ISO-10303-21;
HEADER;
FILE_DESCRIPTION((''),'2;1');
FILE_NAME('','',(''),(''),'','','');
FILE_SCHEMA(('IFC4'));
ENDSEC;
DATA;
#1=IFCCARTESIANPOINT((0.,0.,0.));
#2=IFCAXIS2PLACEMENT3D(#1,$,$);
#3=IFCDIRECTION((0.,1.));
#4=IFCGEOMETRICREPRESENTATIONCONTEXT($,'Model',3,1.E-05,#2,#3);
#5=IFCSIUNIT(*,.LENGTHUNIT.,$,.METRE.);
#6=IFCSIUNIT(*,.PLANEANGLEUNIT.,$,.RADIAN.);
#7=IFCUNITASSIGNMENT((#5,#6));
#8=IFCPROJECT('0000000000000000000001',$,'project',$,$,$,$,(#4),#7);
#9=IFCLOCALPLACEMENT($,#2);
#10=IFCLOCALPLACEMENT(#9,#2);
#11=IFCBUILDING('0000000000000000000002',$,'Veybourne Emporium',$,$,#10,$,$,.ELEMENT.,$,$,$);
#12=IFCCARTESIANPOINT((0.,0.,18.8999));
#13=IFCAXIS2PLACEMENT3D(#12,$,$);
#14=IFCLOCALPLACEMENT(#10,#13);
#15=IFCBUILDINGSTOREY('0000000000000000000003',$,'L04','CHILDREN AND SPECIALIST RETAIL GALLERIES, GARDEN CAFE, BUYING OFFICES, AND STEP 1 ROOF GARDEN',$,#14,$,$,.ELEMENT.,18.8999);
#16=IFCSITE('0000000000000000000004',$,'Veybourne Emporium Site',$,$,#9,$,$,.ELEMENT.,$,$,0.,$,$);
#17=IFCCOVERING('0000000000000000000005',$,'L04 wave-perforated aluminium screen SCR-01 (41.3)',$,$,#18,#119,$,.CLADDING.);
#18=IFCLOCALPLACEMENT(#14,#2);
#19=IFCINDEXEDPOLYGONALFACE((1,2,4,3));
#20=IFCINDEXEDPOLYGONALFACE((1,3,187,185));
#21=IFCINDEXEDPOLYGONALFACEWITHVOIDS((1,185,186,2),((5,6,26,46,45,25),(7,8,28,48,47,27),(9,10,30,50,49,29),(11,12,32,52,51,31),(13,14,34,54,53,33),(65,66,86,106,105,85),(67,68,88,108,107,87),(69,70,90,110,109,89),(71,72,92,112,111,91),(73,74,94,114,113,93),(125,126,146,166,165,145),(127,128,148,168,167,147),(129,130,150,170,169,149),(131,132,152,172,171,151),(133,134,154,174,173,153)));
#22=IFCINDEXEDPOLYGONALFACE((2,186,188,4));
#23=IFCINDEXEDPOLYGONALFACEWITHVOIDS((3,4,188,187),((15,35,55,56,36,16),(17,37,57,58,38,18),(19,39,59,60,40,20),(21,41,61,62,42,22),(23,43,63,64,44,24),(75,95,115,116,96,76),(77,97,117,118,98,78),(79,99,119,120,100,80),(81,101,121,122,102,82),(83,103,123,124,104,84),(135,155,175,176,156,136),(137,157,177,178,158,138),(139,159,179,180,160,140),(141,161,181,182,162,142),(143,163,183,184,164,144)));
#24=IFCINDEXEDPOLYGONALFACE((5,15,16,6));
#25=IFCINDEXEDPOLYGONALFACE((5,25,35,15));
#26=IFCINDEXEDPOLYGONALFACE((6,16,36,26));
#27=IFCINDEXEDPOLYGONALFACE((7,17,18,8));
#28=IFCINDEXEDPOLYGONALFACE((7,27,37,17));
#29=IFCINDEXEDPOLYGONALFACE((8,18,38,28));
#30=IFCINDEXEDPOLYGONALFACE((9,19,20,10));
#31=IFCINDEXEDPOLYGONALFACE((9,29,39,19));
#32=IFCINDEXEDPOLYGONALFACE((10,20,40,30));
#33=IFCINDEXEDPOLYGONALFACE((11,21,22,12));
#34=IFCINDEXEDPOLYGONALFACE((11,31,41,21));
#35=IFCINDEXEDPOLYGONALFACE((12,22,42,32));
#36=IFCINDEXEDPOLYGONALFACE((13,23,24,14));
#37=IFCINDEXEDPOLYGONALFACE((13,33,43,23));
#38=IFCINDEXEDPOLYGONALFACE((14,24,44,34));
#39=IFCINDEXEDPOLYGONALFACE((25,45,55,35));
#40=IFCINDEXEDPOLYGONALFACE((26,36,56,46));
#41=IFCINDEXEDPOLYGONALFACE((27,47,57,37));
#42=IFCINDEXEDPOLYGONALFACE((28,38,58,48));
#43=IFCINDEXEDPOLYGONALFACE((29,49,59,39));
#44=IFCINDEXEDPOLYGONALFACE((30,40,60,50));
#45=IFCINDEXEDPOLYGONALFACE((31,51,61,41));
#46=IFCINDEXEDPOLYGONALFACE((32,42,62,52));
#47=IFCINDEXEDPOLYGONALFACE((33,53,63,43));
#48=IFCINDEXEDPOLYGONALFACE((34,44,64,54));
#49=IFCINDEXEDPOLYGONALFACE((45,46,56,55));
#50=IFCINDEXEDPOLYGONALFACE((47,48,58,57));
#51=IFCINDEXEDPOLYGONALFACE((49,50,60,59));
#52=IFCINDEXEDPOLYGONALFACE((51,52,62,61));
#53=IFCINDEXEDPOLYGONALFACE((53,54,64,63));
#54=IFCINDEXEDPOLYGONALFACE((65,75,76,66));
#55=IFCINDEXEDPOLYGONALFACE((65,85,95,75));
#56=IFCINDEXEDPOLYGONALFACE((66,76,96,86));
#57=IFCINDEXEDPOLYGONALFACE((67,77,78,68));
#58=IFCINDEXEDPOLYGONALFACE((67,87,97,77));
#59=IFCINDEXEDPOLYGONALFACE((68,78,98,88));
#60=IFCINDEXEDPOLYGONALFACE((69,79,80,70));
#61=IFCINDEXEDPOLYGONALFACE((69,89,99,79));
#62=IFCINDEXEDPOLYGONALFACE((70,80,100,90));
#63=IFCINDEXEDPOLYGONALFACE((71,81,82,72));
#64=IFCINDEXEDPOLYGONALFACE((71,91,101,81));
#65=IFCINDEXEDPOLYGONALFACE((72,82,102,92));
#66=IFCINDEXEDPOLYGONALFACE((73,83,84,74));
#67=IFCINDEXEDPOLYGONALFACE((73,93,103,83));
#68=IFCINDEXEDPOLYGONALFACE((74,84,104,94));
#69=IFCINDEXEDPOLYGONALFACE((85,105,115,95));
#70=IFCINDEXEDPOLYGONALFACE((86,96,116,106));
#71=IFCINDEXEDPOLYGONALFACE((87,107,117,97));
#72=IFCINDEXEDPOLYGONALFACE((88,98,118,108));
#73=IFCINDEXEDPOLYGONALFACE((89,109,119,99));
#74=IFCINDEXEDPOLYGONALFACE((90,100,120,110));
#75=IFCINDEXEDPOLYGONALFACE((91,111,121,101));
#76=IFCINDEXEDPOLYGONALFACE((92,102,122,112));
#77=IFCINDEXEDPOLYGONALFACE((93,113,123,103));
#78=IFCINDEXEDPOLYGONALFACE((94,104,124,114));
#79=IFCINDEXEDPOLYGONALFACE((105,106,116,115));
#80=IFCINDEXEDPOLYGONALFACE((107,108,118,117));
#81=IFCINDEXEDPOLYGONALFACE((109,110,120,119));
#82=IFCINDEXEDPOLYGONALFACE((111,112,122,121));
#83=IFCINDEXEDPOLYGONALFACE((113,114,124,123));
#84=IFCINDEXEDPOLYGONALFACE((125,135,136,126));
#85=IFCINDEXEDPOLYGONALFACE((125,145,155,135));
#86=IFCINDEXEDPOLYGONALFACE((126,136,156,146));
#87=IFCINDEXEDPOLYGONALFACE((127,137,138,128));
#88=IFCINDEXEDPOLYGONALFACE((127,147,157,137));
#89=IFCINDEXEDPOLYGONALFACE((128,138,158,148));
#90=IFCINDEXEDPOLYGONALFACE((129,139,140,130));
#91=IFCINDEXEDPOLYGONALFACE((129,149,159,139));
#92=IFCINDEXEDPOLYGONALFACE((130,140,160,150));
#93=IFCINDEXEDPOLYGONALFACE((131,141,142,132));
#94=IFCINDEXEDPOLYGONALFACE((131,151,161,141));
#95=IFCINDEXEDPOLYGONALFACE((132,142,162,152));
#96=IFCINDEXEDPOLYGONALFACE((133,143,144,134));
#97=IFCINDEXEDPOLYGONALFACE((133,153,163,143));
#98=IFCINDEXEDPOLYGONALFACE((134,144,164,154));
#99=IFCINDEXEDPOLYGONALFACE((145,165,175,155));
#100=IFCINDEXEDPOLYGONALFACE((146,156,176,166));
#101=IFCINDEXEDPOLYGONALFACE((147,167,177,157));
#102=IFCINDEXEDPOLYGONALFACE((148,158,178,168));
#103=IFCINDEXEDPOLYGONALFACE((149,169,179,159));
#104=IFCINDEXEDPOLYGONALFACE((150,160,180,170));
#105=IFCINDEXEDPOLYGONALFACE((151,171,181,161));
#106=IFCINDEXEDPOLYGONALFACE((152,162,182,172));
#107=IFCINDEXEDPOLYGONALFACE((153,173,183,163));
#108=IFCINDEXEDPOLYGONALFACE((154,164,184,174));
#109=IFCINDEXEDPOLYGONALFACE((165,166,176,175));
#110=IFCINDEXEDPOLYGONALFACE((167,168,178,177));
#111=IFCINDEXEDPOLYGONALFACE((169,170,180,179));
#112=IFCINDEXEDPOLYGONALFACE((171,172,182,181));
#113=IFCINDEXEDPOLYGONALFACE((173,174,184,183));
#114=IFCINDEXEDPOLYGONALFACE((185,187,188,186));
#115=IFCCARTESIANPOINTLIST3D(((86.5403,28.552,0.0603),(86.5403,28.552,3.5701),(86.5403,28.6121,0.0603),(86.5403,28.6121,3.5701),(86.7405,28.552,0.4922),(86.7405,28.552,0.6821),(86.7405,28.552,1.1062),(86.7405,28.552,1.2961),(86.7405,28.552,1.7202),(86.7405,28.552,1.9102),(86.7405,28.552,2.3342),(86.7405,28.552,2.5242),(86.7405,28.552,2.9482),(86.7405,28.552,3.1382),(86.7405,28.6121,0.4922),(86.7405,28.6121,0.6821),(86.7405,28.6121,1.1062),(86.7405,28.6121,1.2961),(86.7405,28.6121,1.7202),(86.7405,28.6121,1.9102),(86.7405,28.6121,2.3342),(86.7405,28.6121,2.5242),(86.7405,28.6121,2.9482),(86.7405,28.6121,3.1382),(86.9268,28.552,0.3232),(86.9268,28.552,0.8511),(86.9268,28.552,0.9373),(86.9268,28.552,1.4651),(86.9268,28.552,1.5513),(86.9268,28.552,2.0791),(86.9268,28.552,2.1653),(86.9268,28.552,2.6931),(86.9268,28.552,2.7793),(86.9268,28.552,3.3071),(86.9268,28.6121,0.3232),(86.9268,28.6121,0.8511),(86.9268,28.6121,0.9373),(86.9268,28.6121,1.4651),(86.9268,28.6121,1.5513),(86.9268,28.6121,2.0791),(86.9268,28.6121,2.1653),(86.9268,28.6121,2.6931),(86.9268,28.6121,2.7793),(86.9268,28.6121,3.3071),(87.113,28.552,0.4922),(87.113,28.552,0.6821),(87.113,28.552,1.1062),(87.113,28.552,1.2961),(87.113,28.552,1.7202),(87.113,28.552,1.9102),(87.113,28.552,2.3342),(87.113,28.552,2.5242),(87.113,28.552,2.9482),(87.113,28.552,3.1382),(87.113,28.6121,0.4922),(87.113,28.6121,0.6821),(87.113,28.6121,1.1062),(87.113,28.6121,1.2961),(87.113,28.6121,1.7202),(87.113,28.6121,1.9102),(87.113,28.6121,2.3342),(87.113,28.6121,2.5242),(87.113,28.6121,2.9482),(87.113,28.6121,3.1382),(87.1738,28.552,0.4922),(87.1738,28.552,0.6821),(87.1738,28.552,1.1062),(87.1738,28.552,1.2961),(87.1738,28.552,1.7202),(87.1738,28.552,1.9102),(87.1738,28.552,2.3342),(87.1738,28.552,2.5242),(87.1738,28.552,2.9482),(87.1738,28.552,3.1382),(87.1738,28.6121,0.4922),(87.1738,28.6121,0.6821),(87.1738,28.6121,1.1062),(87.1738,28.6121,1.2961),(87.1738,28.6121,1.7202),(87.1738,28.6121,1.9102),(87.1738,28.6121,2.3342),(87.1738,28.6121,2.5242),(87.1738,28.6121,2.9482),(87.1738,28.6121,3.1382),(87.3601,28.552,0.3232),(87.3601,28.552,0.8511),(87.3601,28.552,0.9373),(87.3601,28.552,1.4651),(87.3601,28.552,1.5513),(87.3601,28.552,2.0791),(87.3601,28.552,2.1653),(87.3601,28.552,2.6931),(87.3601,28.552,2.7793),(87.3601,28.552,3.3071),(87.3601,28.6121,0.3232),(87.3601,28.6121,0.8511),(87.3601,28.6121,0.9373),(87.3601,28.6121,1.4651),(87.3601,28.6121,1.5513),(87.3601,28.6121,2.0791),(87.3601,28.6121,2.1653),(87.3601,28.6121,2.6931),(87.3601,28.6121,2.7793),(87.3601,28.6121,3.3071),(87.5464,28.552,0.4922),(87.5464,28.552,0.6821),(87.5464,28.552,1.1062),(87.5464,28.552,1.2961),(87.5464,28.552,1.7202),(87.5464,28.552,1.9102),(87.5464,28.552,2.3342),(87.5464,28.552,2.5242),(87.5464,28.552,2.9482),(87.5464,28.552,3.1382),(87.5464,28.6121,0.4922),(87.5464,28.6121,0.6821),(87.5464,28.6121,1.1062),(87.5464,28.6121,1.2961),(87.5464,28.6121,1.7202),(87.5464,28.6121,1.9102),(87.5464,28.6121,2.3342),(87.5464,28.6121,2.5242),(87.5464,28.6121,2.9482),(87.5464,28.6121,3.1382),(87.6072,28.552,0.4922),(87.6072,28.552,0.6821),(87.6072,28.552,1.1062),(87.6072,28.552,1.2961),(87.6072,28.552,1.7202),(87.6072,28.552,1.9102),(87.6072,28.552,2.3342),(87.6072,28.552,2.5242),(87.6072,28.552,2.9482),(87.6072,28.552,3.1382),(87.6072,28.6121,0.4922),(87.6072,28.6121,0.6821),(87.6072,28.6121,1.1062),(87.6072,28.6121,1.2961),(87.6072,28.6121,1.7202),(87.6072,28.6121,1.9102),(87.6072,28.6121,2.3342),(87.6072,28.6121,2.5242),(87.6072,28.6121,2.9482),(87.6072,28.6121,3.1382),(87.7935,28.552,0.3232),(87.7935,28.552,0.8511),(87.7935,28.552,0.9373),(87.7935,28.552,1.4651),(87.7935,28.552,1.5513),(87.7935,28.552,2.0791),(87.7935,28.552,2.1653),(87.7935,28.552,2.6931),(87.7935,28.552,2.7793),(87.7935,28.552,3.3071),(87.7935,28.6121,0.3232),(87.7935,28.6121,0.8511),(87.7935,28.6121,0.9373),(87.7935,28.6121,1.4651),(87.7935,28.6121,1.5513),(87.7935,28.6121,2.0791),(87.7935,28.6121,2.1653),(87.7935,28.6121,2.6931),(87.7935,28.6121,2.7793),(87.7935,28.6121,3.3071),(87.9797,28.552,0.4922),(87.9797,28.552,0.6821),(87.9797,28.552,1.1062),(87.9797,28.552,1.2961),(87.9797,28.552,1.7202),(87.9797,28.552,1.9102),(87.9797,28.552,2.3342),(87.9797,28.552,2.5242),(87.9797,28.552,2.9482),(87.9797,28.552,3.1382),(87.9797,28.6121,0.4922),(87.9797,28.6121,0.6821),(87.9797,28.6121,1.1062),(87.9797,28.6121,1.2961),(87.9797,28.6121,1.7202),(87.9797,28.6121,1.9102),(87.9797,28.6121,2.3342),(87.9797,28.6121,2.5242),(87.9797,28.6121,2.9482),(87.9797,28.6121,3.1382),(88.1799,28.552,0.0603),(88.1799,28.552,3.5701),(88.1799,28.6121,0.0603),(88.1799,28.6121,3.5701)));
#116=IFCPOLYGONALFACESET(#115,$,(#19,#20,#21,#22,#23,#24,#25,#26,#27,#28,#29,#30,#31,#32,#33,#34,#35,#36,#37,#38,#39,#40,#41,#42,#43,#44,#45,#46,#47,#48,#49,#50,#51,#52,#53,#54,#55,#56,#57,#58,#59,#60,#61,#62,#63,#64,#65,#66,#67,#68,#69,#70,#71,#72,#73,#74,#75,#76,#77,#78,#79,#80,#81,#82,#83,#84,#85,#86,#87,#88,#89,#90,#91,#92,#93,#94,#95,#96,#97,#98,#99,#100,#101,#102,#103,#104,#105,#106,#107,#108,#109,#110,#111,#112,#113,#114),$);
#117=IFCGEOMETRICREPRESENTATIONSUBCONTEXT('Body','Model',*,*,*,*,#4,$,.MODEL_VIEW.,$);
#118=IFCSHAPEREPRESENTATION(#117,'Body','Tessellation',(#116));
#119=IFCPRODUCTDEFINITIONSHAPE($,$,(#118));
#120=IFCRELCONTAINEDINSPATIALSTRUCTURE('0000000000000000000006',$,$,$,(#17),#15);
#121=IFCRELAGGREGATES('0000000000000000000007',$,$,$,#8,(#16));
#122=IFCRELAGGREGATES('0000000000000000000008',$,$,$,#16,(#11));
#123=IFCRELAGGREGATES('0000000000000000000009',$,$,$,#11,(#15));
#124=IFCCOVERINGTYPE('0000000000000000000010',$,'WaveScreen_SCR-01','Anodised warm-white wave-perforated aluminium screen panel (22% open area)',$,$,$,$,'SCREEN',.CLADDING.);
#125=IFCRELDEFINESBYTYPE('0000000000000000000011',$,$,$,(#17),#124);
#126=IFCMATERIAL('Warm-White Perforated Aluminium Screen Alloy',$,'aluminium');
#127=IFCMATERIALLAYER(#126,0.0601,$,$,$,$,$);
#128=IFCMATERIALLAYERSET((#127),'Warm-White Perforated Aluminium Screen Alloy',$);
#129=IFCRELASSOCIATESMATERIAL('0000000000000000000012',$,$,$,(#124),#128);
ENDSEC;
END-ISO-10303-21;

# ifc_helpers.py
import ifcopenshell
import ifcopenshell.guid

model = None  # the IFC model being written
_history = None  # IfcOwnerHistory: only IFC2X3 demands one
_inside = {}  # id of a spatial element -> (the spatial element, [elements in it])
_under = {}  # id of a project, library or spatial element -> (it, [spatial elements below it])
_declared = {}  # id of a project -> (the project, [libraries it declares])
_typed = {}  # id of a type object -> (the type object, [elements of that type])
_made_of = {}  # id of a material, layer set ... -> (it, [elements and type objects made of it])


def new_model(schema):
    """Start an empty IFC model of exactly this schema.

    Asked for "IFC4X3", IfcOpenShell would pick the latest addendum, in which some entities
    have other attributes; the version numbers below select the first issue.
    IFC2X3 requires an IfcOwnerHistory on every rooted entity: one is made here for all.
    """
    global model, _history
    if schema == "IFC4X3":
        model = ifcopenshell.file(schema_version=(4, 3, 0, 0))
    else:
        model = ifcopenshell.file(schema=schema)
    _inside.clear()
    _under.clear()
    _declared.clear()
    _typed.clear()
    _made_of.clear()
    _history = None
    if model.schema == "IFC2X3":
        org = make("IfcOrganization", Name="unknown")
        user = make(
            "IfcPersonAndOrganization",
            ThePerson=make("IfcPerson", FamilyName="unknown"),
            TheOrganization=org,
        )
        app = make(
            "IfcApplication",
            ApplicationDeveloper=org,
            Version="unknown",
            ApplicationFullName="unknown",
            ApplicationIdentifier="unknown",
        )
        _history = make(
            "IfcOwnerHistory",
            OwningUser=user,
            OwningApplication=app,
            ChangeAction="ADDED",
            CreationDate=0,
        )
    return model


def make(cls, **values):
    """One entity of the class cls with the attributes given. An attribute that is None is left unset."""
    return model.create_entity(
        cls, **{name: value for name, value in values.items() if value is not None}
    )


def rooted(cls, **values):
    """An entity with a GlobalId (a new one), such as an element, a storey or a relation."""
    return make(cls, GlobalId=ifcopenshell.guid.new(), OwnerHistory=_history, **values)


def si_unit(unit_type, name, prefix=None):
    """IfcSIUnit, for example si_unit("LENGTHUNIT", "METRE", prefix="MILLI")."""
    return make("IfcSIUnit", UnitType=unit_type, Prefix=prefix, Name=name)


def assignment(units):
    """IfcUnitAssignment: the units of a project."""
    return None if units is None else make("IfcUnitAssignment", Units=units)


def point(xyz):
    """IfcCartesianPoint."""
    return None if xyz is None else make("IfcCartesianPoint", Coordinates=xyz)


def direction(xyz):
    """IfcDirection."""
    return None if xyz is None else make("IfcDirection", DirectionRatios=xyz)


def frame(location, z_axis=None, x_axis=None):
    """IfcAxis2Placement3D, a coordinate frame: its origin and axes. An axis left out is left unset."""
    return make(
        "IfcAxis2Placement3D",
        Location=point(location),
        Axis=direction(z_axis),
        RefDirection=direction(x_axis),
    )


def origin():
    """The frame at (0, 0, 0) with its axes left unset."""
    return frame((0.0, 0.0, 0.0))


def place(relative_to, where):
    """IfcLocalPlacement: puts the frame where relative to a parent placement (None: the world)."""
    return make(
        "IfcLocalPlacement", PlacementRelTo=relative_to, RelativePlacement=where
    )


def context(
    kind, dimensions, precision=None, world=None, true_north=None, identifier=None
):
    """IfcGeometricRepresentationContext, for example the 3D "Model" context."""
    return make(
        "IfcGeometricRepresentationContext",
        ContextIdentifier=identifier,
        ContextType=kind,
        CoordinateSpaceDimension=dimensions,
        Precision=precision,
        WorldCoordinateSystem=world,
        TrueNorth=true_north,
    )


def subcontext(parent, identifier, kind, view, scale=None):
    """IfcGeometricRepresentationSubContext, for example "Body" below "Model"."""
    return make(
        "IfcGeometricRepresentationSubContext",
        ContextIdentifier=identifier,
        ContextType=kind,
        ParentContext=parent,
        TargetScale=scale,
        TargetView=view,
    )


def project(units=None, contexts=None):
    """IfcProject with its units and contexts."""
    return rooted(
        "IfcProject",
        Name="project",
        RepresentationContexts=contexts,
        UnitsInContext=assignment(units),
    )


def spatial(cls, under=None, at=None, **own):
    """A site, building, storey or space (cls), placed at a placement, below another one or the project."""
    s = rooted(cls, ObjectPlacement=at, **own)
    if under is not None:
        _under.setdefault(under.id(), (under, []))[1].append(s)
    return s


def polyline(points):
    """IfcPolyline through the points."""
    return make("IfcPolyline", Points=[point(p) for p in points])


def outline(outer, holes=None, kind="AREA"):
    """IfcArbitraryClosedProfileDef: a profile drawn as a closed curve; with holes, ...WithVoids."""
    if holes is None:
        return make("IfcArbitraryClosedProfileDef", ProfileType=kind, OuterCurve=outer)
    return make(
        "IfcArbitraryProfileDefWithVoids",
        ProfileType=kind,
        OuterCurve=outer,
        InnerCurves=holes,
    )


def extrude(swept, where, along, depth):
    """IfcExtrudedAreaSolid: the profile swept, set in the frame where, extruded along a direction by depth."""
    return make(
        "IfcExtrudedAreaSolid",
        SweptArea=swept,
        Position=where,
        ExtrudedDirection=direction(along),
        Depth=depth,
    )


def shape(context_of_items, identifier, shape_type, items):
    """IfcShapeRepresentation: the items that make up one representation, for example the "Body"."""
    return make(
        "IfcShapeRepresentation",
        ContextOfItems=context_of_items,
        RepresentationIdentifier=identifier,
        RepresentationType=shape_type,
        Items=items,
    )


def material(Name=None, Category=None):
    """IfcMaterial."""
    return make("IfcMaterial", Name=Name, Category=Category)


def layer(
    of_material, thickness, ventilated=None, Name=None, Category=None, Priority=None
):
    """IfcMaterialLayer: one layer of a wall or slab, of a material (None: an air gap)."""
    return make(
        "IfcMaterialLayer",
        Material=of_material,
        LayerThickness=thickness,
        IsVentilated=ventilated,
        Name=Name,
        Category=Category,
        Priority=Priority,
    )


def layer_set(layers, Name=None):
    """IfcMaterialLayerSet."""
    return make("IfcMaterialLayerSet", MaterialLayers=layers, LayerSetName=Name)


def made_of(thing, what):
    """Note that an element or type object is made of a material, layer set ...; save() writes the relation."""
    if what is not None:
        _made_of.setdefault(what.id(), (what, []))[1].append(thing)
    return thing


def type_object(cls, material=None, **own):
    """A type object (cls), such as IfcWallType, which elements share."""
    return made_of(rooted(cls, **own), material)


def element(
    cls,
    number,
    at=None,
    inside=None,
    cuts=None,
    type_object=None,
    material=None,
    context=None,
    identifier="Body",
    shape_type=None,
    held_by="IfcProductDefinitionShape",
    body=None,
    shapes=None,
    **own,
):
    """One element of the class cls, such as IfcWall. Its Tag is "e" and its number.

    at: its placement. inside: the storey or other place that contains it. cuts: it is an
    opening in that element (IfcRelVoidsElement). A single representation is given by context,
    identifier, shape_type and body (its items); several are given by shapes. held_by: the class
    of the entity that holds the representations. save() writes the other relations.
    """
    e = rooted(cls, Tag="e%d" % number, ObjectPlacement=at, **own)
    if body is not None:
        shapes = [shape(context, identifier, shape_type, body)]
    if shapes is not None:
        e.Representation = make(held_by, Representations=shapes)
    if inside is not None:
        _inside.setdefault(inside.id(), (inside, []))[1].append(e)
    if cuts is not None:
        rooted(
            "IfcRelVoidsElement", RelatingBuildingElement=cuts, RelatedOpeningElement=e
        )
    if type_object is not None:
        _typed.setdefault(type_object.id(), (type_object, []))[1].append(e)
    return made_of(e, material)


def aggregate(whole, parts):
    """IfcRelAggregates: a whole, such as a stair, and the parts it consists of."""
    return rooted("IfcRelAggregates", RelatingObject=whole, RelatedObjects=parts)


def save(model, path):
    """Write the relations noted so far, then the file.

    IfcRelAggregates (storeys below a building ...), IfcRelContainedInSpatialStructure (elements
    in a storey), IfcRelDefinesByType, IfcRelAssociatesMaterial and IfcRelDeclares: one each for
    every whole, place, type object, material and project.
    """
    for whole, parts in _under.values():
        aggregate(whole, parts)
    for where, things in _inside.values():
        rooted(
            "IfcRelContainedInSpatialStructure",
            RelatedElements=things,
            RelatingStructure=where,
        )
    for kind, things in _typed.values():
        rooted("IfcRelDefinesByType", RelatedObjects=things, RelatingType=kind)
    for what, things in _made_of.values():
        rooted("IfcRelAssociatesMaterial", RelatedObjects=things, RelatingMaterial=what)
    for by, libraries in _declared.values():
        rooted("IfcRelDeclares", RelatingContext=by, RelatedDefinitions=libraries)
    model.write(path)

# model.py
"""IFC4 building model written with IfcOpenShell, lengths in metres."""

from ifc_helpers import new_model, si_unit, direction, frame, origin, place, context, subcontext, project, spatial, polyline, outline, extrude, material, layer, layer_set, type_object, element, save


model = new_model("IFC4")

# Units and contexts
model_context = context("Model", 3, precision=1e-05, world=origin(), true_north=direction((0.0, 1.0)))
body_context = subcontext(model_context, "Body", "Model", "MODEL_VIEW")
ifc_project = project(units=[si_unit("LENGTHUNIT", "METRE"), si_unit("PLANEANGLEUNIT", "RADIAN")], contexts=[model_context])

# Site, building, storey
site_placement = place(None, origin())
site = spatial("IfcSite", under=ifc_project, at=site_placement, Name="Veybourne Emporium Site", CompositionType="ELEMENT", RefElevation=0.0)
building_placement = place(site_placement, origin())
building = spatial("IfcBuilding", under=site, at=building_placement, Name="Veybourne Emporium", CompositionType="ELEMENT")
storey_placement = place(building_placement, frame((0.0, 0.0, 18.8999)))
storey = spatial("IfcBuildingStorey", under=building, at=storey_placement, Name="L04", Description="CHILDREN AND SPECIALIST RETAIL GALLERIES, GARDEN CAFE, BUYING OFFICES, AND STEP 1 ROOF GARDEN", CompositionType="ELEMENT", Elevation=18.8999)

# Covering
ifc_material_1 = material(Name="Warm-White Perforated Aluminium Screen Alloy", Category="aluminium")
ifc_layer_1 = layer(ifc_material_1, 0.0601)
ifc_layer_set_1 = layer_set([ifc_layer_1], Name="Warm-White Perforated Aluminium Screen Alloy")
covering_type_1 = type_object("IfcCoveringType", Name="WaveScreen_SCR-01", Description="Anodised warm-white wave-perforated aluminium screen panel (22% open area)", ElementType="SCREEN", PredefinedType="CLADDING", material=ifc_layer_set_1)
covering_1_placement = place(storey_placement, frame((87.3601, 28.552, 1.8152), z_axis=(0.0, 1.0, 0.0), x_axis=(-1.0, 0.0, 0.0)))
element("IfcCovering", 1, at=covering_1_placement, inside=storey, type_object=covering_type_1, Name="L04 wave-perforated aluminium screen SCR-01 (41.3)", PredefinedType="CLADDING", context=body_context, shape_type="SweptSolid", body=[
    extrude(outline(polyline([(-0.8198, -1.7549), (0.8198, -1.7549), (0.8198, 1.7549), (-0.8198, 1.7549), (-0.8198, -1.7549)]), holes=[polyline([(-0.4333, -0.9641), (-0.2471, -1.1331), (-0.2471, -1.323), (-0.4333, -1.4919), (-0.6196, -1.323), (-0.6196, -1.1331), (-0.4333, -0.9641)]), polyline([(-0.4333, -0.3501), (-0.2471, -0.519), (-0.2471, -0.709), (-0.4333, -0.8779), (-0.6196, -0.709), (-0.6196, -0.519), (-0.4333, -0.3501)]), polyline([(-0.4333, 0.2639), (-0.2471, 0.095), (-0.2471, -0.095), (-0.4333, -0.2639), (-0.6196, -0.095), (-0.6196, 0.095), (-0.4333, 0.2639)]), polyline([(-0.4333, 0.8779), (-0.2471, 0.709), (-0.2471, 0.519), (-0.4333, 0.3501), (-0.6196, 0.519), (-0.6196, 0.709), (-0.4333, 0.8779)]), polyline([(-0.4333, 1.4919), (-0.2471, 1.323), (-0.2471, 1.1331), (-0.4333, 0.9641), (-0.6196, 1.1331), (-0.6196, 1.323), (-0.4333, 1.4919)]), polyline([(0.0, -0.9641), (0.1863, -1.1331), (0.1863, -1.323), (0.0, -1.4919), (-0.1863, -1.323), (-0.1863, -1.1331), (0.0, -0.9641)]), polyline([(0.0, -0.3501), (0.1863, -0.519), (0.1863, -0.709), (0.0, -0.8779), (-0.1863, -0.709), (-0.1863, -0.519), (0.0, -0.3501)]), polyline([(0.0, 0.2639), (0.1863, 0.095), (0.1863, -0.095), (0.0, -0.2639), (-0.1863, -0.095), (-0.1863, 0.095), (0.0, 0.2639)]), polyline([(0.0, 0.8779), (0.1863, 0.709), (0.1863, 0.519), (0.0, 0.3501), (-0.1863, 0.519), (-0.1863, 0.709), (0.0, 0.8779)]), polyline([(0.0, 1.4919), (0.1863, 1.323), (0.1863, 1.1331), (0.0, 0.9641), (-0.1863, 1.1331), (-0.1863, 1.323), (0.0, 1.4919)]), polyline([(0.4333, -0.9641), (0.6196, -1.1331), (0.6196, -1.323), (0.4333, -1.4919), (0.2471, -1.323), (0.2471, -1.1331), (0.4333, -0.9641)]), polyline([(0.4333, -0.3501), (0.6196, -0.519), (0.6196, -0.709), (0.4333, -0.8779), (0.2471, -0.709), (0.2471, -0.519), (0.4333, -0.3501)]), polyline([(0.4333, 0.2639), (0.6196, 0.095), (0.6196, -0.095), (0.4333, -0.2639), (0.2471, -0.095), (0.2471, 0.095), (0.4333, 0.2639)]), polyline([(0.4333, 0.8779), (0.6196, 0.709), (0.6196, 0.519), (0.4333, 0.3501), (0.2471, 0.519), (0.2471, 0.709), (0.4333, 0.8779)]), polyline([(0.4333, 1.4919), (0.6196, 1.323), (0.6196, 1.1331), (0.4333, 0.9641), (0.2471, 1.1331), (0.2471, 1.323), (0.4333, 1.4919)])]), origin(), (0.0, 0.0, 1.0), 0.0601),
])

save(model, "model.ifc")
